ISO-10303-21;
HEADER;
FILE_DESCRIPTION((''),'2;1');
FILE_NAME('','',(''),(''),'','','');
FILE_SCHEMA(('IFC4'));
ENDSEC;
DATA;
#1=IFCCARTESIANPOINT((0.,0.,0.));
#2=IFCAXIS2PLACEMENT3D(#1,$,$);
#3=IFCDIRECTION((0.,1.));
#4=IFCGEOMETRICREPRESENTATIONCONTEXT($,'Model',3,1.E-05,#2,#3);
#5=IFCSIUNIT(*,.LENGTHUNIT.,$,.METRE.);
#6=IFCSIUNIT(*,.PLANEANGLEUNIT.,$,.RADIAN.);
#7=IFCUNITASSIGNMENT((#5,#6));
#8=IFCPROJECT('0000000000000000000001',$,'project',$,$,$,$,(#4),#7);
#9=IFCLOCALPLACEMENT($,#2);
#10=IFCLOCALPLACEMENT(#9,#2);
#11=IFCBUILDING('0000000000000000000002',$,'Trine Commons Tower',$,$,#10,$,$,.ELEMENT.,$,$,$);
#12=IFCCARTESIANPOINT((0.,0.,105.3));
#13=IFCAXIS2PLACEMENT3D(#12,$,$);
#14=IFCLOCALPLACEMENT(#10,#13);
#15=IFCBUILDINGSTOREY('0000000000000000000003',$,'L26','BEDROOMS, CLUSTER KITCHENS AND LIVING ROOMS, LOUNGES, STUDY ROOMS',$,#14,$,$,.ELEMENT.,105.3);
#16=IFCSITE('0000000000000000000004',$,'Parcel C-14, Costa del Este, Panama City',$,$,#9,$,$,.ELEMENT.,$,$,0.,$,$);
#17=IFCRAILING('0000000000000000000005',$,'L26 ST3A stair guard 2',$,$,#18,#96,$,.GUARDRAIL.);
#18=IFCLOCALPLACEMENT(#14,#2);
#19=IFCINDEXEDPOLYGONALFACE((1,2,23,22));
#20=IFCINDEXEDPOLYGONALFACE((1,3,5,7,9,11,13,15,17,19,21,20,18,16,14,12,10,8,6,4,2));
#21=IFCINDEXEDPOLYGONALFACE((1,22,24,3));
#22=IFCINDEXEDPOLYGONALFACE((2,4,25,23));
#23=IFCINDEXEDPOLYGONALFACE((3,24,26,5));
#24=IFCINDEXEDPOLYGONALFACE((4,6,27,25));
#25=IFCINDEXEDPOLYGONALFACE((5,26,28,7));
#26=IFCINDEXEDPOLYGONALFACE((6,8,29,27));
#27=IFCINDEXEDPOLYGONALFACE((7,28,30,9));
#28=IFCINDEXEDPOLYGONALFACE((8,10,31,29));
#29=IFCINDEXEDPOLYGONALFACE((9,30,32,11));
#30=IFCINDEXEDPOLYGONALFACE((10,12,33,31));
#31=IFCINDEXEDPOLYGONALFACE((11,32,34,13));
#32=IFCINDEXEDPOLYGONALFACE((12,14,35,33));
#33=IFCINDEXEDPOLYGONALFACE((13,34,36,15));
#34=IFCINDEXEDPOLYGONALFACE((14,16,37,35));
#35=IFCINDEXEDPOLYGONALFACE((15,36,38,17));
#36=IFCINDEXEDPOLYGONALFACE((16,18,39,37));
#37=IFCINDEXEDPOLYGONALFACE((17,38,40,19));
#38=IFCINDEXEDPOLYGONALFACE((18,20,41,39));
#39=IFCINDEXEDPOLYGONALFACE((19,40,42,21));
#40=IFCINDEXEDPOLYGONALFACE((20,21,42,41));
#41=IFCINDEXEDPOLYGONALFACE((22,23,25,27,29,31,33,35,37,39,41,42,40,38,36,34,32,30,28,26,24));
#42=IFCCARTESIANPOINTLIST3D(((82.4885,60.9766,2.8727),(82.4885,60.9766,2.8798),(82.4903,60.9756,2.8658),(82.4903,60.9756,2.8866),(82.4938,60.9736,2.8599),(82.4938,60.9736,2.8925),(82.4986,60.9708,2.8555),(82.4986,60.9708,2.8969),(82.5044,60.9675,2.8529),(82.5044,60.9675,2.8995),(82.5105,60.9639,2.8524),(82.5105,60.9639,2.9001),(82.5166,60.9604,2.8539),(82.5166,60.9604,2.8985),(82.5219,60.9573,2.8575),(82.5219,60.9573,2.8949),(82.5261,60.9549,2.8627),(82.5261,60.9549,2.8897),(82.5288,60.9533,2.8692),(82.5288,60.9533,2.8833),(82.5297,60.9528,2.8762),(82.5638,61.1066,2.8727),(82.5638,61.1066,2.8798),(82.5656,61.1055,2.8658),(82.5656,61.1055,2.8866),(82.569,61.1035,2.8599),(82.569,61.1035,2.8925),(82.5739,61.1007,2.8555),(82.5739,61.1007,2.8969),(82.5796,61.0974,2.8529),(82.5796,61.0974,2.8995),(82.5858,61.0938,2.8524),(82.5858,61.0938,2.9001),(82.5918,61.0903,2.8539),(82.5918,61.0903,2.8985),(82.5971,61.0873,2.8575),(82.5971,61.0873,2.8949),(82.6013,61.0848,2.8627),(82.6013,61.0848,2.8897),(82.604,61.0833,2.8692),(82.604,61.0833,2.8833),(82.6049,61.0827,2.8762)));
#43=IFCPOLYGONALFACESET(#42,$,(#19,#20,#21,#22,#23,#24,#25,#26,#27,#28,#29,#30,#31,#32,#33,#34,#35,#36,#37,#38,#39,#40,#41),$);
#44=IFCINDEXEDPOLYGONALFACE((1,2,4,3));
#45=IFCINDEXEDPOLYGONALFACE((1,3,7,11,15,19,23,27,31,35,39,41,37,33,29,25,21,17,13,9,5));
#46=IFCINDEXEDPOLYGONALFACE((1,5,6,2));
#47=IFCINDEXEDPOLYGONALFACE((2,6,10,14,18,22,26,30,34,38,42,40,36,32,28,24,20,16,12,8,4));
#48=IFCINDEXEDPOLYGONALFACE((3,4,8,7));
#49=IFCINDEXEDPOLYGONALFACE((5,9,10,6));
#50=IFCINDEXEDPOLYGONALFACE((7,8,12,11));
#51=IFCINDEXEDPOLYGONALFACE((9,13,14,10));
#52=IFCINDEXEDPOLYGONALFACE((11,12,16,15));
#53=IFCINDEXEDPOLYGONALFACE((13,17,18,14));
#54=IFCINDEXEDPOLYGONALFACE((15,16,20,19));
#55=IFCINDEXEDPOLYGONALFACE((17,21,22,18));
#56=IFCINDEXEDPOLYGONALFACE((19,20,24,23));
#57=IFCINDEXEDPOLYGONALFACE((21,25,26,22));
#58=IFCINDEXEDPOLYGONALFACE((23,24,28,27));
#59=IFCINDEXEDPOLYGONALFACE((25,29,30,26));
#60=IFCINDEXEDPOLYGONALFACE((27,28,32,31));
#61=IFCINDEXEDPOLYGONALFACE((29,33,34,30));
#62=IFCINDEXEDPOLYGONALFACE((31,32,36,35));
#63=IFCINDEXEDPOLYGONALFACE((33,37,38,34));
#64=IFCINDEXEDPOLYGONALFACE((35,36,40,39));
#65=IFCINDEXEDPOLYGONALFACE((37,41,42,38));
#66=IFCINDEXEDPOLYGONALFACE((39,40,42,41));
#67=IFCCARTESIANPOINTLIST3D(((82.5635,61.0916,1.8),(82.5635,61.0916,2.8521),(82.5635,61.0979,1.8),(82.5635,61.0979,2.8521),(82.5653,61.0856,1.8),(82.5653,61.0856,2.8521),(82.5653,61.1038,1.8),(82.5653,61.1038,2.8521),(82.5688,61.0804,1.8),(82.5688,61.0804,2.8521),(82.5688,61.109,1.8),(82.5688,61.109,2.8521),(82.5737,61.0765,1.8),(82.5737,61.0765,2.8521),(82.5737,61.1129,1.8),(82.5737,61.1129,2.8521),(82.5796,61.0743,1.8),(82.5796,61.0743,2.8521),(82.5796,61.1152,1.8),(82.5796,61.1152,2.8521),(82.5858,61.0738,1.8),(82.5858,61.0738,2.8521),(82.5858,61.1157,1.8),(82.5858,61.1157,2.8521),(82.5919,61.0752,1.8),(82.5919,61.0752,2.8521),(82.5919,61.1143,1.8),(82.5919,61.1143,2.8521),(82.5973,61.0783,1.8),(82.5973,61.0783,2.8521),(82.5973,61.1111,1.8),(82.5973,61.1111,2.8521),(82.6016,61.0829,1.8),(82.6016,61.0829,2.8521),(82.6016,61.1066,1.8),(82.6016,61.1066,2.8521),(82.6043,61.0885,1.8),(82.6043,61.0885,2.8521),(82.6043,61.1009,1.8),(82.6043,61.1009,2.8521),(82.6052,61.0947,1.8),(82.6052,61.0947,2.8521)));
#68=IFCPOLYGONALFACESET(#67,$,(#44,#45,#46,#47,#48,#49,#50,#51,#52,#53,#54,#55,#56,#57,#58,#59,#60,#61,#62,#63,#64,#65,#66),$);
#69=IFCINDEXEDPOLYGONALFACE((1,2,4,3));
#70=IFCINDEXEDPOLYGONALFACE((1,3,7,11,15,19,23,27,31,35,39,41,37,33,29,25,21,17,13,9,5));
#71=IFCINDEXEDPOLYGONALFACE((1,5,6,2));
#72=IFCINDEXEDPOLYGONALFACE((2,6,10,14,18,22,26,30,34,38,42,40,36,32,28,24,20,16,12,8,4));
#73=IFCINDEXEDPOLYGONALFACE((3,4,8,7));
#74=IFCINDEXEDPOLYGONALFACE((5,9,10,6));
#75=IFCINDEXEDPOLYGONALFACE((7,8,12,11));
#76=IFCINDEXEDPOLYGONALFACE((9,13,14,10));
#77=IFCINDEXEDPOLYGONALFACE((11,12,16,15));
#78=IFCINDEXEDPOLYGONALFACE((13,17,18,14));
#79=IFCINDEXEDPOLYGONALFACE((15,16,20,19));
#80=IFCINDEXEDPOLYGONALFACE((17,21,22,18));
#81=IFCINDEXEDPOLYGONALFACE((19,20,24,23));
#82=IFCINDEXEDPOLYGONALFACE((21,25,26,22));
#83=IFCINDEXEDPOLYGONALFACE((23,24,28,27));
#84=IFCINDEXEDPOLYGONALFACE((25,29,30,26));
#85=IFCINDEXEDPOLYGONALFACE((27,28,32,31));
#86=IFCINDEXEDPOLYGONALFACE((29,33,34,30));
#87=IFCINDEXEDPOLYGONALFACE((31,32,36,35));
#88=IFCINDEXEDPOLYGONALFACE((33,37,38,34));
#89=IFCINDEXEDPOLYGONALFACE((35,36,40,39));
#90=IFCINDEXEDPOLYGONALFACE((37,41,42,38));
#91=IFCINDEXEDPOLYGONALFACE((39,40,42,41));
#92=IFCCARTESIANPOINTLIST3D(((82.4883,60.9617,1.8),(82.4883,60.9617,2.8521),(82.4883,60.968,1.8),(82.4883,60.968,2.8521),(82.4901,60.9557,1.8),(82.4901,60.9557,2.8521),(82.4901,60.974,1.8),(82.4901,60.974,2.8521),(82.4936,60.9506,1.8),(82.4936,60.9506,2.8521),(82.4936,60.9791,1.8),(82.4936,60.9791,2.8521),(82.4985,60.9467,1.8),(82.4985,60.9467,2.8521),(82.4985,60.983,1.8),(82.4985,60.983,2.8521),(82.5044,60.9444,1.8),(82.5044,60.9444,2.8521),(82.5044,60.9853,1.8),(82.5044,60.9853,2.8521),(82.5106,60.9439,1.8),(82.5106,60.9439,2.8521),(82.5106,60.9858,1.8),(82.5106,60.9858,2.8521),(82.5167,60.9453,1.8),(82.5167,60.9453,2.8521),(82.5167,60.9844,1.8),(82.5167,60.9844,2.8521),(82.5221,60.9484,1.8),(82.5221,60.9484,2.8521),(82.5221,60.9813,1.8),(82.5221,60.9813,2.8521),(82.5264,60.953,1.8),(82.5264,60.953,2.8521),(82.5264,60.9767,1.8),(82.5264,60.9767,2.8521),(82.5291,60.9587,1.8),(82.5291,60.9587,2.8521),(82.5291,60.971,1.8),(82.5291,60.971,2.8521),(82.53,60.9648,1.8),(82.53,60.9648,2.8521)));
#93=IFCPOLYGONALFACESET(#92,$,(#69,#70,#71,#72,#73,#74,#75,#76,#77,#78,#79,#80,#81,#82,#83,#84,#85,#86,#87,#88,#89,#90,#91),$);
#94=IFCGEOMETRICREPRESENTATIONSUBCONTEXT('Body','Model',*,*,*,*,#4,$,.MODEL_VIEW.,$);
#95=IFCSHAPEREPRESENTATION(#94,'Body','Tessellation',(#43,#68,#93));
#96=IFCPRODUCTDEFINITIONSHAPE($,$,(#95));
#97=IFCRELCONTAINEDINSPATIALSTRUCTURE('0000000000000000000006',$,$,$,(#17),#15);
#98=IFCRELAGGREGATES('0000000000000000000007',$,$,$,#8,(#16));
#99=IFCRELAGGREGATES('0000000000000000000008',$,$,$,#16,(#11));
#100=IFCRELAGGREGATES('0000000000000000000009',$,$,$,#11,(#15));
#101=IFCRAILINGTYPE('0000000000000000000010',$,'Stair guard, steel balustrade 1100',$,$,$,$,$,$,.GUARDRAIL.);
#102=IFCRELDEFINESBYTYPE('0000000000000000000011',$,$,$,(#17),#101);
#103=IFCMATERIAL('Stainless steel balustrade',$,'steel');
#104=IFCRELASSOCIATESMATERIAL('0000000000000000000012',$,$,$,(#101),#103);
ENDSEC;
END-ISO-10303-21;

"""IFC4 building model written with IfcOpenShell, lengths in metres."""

from ifc_helpers import new_model, si_unit, direction, frame, origin, origin_2d, place, context, subcontext, project, spatial, circle, extrude, material, type_object, element, save


model = new_model("IFC4")

# Units and contexts
model_context = context("Model", 3, precision=1e-05, world=origin(), true_north=direction((0.0, 1.0)))
body_context = subcontext(model_context, "Body", "Model", "MODEL_VIEW")
ifc_project = project(units=[si_unit("LENGTHUNIT", "METRE"), si_unit("PLANEANGLEUNIT", "RADIAN")], contexts=[model_context])

# Site, building, storey
site_placement = place(None, origin())
site = spatial("IfcSite", under=ifc_project, at=site_placement, Name="Parcel C-14, Costa del Este, Panama City", CompositionType="ELEMENT", RefElevation=0.0)
building_placement = place(site_placement, origin())
building = spatial("IfcBuilding", under=site, at=building_placement, Name="Trine Commons Tower", CompositionType="ELEMENT")
storey_placement = place(building_placement, frame((0.0, 0.0, 105.3)))
storey = spatial("IfcBuildingStorey", under=building, at=storey_placement, Name="L26", Description="BEDROOMS, CLUSTER KITCHENS AND LIVING ROOMS, LOUNGES, STUDY ROOMS", CompositionType="ELEMENT", Elevation=105.3)

# Railing
ifc_material_1 = material(Name="Stainless steel balustrade", Category="steel")
railing_type_1 = type_object("IfcRailingType", Name="Stair guard, steel balustrade 1100", PredefinedType="GUARDRAIL", material=ifc_material_1)
railing_1_placement = place(storey_placement, frame((82.5842, 61.0947, 1.8)))
element("IfcRailing", 1, at=railing_1_placement, inside=storey, type_object=railing_type_1, Name="L26 ST3A stair guard 2", PredefinedType="GUARDRAIL", context=body_context, shape_type="SweptSolid", body=[
    extrude(circle(Radius=0.0239, at=origin_2d()), frame((0.0, 0.0, 1.0762), z_axis=(-0.501036, -0.865426, 0.0), x_axis=(0.865426, -0.501036, 0.0)), (0.0, 0.0, 1.0), 0.1501),
    extrude(circle(Radius=0.021, at=origin_2d()), origin(), (0.0, 0.0, 1.0), 1.052),
    extrude(circle(Radius=0.021, at=origin_2d()), frame((-0.0752, -0.1299, 0.0)), (0.0, 0.0, 1.0), 1.052),
])

save(model, "model.ifc")
